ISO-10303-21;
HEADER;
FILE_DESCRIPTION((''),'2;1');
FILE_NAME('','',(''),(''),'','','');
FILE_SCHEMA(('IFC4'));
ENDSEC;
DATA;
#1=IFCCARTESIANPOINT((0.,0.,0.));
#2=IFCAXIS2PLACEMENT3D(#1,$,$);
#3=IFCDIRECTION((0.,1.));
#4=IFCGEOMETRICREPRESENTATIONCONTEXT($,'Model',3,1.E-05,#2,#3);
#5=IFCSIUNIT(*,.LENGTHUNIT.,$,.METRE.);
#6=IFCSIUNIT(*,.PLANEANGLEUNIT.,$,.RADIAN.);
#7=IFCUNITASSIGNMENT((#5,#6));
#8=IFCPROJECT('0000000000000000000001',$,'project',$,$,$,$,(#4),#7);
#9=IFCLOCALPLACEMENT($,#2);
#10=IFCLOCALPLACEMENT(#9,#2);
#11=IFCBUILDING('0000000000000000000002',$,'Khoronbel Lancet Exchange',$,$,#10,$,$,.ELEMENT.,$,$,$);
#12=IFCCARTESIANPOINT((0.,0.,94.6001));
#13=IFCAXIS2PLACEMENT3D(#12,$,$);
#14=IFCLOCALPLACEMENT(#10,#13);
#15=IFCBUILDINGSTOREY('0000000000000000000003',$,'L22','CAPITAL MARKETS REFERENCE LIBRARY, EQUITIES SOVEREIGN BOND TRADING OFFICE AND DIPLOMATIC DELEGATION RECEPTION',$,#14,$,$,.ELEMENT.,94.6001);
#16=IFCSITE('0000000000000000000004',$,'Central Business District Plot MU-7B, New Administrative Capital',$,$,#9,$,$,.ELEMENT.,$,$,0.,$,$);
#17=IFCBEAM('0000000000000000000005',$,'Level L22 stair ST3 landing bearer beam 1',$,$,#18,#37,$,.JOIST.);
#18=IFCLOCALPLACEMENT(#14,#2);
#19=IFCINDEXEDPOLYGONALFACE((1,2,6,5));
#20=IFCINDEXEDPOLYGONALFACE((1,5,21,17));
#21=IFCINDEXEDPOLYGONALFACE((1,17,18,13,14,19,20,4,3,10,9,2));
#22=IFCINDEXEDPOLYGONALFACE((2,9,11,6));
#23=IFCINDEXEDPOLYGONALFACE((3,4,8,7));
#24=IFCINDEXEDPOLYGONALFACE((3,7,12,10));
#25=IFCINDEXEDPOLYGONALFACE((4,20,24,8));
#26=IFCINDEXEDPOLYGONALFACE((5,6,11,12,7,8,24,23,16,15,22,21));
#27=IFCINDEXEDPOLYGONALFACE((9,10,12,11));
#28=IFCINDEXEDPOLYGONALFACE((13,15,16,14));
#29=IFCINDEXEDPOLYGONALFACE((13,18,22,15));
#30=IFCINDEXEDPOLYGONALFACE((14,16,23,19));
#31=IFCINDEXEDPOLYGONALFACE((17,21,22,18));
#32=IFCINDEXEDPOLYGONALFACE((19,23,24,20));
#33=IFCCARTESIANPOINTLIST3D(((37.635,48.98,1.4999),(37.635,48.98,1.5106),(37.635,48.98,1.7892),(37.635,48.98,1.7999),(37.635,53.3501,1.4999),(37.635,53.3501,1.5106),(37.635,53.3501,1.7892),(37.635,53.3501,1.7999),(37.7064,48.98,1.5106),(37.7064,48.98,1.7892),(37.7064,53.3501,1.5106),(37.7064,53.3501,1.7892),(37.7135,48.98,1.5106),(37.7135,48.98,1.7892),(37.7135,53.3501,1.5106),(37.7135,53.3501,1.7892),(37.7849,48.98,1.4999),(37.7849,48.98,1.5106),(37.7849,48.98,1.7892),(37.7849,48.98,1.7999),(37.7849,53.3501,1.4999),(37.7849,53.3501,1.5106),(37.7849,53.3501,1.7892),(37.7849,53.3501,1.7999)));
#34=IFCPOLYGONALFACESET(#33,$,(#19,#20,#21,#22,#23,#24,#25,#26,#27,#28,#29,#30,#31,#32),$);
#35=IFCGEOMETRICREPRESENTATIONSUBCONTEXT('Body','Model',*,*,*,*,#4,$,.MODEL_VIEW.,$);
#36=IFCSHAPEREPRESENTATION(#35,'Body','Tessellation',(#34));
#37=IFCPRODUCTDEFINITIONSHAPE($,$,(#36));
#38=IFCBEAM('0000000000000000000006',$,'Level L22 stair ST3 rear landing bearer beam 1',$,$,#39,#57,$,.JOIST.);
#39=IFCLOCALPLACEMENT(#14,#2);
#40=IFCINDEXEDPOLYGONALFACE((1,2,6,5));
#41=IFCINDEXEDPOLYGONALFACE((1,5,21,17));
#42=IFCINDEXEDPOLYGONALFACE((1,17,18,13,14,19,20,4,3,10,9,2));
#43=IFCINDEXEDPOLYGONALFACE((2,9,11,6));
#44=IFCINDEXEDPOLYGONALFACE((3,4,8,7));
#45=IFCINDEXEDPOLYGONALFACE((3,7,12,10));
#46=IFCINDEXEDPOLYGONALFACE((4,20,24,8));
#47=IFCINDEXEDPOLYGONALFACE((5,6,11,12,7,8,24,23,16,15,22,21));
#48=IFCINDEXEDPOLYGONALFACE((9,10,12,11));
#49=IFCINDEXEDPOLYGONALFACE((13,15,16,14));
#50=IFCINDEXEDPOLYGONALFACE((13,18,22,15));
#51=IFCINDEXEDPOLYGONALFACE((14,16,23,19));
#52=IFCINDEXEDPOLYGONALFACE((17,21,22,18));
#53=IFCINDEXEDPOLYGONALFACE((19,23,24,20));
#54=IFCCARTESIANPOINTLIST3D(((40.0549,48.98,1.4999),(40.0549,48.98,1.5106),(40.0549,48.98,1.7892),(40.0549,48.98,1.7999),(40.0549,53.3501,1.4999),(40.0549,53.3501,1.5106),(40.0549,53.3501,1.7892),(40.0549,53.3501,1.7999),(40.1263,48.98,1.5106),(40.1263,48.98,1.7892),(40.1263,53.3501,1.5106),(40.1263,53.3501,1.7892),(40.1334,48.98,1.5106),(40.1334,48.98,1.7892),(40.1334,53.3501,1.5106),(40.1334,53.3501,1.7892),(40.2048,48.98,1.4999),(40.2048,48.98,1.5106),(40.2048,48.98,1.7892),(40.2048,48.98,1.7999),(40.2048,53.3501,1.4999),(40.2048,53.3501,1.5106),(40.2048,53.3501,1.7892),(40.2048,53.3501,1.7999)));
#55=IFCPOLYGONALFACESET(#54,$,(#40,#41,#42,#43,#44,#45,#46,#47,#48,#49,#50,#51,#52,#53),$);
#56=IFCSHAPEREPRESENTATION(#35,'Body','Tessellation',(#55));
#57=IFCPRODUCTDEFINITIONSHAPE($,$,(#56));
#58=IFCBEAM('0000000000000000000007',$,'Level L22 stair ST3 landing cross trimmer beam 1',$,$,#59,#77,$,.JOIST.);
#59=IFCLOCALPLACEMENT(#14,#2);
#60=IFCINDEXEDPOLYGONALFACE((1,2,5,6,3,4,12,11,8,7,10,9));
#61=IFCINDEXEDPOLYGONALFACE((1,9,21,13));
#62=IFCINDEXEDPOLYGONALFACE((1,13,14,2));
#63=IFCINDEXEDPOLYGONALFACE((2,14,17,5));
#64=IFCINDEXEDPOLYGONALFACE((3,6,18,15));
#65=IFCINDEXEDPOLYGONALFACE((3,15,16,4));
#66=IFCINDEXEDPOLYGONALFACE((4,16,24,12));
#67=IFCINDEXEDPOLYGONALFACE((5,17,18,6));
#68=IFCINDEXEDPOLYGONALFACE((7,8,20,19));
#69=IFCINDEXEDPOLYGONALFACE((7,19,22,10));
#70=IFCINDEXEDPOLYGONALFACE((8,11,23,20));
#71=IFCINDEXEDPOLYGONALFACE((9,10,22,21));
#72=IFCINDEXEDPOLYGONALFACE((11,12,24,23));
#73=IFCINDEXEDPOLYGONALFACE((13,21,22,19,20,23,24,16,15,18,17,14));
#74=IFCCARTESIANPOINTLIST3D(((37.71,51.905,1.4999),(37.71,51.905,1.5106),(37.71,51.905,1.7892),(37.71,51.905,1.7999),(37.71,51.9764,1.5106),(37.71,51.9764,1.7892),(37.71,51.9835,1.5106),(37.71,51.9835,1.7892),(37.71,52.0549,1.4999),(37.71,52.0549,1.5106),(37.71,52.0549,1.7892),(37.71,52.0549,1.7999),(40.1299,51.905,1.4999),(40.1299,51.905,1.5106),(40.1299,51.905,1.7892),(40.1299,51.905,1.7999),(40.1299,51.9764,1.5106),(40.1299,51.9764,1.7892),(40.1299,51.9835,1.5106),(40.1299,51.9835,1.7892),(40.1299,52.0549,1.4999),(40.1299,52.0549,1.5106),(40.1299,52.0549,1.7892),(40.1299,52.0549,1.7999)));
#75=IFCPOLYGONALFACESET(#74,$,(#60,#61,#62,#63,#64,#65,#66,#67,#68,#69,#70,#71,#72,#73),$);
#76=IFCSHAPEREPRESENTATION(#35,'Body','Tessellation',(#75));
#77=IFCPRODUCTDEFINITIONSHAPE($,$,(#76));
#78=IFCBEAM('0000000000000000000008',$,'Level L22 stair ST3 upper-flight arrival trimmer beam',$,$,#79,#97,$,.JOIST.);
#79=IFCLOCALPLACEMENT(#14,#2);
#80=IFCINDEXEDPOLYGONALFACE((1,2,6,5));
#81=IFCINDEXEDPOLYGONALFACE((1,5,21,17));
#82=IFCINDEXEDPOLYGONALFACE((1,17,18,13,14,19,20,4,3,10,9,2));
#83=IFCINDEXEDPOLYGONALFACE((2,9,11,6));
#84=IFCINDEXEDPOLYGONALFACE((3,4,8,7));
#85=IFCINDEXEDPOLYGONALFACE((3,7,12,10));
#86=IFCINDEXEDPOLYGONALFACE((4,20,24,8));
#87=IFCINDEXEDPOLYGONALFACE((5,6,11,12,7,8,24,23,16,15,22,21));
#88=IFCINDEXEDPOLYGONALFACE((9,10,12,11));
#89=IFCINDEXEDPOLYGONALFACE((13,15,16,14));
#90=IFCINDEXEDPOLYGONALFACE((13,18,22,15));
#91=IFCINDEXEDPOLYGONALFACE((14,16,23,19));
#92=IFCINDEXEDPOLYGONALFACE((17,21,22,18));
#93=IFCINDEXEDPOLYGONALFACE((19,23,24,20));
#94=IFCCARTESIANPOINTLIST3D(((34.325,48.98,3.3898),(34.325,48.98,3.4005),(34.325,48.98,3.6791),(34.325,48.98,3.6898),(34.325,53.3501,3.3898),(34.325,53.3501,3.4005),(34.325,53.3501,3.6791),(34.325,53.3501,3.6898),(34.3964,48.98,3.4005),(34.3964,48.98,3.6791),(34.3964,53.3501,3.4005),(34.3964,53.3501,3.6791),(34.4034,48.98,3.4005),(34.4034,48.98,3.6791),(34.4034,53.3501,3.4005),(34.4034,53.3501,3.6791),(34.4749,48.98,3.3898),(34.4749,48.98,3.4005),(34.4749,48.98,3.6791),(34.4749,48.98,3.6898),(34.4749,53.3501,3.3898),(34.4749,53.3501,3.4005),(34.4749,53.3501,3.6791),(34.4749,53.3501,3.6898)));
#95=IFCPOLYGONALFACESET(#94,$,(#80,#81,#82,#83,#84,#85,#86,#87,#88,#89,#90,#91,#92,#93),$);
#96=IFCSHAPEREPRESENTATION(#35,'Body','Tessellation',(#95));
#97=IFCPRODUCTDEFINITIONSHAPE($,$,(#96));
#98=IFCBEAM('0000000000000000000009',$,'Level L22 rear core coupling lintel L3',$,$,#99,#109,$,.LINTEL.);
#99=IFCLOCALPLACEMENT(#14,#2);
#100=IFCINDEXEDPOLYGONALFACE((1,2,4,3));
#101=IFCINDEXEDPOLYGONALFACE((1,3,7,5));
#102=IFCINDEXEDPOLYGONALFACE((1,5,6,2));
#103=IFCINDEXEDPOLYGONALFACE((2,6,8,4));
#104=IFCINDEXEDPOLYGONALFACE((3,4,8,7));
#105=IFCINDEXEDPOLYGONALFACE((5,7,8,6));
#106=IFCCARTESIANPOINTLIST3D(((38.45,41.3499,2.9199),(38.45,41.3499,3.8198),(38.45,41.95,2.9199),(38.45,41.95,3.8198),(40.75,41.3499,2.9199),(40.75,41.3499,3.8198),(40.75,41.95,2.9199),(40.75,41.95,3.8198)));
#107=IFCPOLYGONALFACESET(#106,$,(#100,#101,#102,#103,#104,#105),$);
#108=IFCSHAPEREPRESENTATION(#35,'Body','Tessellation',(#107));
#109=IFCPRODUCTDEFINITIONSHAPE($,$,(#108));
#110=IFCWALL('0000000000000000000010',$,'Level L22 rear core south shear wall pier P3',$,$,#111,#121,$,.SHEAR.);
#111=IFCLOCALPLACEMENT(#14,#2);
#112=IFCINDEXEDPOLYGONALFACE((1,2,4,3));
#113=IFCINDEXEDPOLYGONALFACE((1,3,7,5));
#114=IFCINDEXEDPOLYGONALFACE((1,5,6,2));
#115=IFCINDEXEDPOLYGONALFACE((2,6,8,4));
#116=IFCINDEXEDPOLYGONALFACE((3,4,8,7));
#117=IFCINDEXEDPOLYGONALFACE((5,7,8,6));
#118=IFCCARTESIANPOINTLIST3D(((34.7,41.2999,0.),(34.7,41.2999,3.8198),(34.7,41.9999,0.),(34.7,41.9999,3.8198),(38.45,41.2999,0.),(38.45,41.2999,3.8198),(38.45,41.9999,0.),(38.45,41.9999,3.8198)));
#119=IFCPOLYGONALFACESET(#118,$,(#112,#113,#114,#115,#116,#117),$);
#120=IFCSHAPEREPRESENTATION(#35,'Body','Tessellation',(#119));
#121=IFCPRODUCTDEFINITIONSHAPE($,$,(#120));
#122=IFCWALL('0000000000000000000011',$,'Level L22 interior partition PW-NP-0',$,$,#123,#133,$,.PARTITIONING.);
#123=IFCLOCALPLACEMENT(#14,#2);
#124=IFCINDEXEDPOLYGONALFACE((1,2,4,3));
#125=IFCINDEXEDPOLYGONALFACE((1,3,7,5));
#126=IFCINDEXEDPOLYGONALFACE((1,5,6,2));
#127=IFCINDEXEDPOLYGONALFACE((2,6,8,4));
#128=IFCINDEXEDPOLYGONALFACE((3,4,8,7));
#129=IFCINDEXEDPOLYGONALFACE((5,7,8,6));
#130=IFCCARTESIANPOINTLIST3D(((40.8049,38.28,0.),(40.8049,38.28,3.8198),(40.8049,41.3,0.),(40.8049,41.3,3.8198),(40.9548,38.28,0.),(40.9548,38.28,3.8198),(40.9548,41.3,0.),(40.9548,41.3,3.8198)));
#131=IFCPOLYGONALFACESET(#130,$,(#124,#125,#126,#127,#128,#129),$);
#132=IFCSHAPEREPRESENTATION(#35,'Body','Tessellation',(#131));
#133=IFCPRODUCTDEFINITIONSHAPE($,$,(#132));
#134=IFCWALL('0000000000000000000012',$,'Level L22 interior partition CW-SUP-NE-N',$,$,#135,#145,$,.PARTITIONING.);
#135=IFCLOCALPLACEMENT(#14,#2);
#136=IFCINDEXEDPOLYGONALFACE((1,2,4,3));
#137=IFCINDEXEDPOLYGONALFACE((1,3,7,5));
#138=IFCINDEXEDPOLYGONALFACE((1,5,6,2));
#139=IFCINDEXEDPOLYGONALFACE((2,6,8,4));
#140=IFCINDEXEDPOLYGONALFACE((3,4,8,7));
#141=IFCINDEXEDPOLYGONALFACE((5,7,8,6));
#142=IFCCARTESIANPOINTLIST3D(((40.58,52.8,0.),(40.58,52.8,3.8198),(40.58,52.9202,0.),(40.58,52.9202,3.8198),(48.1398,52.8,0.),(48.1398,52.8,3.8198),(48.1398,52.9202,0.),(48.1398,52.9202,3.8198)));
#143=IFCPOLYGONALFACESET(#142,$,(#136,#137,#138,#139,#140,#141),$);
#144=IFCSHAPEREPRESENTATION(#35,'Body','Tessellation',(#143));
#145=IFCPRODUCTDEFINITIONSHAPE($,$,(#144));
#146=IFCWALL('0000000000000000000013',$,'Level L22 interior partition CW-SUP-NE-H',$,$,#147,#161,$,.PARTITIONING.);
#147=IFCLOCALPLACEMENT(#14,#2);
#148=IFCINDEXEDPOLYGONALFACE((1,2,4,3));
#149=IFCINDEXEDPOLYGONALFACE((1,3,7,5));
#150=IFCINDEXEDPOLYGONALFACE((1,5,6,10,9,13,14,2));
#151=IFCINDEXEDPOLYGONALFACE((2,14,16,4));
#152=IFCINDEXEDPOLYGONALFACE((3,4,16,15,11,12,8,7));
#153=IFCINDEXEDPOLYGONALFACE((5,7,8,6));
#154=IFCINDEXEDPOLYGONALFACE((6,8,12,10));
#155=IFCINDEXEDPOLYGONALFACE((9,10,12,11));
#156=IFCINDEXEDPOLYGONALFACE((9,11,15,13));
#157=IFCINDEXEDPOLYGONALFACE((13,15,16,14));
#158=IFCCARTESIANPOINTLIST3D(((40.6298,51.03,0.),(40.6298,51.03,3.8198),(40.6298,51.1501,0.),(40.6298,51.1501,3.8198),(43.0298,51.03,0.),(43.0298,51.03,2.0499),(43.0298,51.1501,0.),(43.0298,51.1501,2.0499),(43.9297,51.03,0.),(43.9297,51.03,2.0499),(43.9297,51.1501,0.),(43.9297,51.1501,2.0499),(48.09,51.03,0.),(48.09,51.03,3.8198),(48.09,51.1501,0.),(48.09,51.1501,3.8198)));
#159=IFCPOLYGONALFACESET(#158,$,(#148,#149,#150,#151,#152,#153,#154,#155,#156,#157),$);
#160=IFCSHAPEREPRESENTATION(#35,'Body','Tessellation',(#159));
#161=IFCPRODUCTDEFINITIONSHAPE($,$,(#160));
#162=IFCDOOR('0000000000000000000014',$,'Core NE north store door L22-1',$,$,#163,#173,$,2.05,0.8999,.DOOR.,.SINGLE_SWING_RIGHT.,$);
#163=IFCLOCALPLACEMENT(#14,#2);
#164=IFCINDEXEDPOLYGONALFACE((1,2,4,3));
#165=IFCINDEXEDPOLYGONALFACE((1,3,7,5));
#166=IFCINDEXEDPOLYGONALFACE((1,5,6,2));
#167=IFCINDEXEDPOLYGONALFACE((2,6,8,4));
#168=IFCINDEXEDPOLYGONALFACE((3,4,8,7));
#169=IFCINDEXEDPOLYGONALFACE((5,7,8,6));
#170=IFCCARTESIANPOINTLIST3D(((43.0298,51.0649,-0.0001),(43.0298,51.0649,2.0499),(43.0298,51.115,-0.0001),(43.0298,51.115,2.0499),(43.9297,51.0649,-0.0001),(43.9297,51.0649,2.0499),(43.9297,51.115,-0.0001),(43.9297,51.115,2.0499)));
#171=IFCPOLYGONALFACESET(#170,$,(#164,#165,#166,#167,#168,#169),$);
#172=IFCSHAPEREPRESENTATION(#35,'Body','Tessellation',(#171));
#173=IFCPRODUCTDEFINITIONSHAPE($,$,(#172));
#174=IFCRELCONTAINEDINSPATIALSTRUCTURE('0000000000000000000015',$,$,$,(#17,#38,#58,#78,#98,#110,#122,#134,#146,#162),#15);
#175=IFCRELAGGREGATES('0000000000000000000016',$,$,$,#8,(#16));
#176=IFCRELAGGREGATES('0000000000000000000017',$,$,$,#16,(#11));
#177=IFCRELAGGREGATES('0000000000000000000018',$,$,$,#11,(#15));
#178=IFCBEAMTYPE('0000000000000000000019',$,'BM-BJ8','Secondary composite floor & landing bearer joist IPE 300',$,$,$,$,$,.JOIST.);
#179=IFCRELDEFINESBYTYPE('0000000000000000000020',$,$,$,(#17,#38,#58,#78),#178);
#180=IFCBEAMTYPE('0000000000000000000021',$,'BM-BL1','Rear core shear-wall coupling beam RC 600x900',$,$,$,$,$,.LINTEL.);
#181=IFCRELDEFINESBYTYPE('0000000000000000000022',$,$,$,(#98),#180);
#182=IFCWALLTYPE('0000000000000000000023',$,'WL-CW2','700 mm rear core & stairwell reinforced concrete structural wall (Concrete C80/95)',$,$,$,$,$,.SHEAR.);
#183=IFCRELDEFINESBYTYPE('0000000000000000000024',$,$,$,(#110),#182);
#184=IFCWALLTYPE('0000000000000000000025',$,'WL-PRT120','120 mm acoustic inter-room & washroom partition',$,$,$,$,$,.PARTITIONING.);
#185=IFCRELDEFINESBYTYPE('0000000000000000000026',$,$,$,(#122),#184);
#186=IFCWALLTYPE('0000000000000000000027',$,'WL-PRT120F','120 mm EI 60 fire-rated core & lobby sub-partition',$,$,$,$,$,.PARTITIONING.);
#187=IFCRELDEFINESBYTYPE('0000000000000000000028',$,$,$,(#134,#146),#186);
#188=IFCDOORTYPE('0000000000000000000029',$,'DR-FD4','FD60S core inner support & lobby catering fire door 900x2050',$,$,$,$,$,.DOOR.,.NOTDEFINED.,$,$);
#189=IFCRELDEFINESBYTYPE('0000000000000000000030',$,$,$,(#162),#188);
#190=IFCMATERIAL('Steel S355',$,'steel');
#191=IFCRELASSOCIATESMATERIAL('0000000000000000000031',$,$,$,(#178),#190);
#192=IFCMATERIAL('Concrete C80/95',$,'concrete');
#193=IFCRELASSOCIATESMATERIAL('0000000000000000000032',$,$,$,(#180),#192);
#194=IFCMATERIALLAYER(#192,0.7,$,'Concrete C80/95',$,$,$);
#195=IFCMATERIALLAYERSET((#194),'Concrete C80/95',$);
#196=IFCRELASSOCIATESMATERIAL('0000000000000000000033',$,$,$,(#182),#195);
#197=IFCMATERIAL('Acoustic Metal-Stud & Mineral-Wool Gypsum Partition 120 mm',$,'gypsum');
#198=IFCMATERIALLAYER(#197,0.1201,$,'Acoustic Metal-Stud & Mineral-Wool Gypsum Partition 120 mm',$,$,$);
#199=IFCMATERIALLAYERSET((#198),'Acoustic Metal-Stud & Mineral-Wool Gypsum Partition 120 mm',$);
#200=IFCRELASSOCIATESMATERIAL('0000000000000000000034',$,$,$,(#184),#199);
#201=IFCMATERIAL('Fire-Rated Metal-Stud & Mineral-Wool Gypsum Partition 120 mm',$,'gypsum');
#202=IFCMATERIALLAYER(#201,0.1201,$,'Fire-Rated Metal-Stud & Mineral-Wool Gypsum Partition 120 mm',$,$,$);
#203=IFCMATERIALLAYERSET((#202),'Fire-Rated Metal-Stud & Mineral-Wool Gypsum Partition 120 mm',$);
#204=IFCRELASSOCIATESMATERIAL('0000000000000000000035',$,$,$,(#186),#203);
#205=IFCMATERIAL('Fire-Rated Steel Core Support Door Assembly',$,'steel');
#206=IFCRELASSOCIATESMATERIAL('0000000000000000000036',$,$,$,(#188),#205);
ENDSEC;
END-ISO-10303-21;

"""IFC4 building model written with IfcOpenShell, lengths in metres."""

from ifc_helpers import new_model, si_unit, direction, frame, frame_2d, origin, origin_2d, place, context, subcontext, project, spatial, rectangle, i_section, extrude, material, layer, layer_set, material_profile, profile_set, type_object, element, fill, save


model = new_model("IFC4")

# Units and contexts
model_context = context("Model", 3, precision=1e-05, world=origin(), true_north=direction((0.0, 1.0)))
body_context = subcontext(model_context, "Body", "Model", "MODEL_VIEW")
ifc_project = project(units=[si_unit("LENGTHUNIT", "METRE"), si_unit("PLANEANGLEUNIT", "RADIAN")], contexts=[model_context])

# Site, building, storey
site_placement = place(None, origin())
site = spatial("IfcSite", under=ifc_project, at=site_placement, Name="Central Business District Plot MU-7B, New Administrative Capital", CompositionType="ELEMENT", RefElevation=0.0)
building_placement = place(site_placement, origin())
building = spatial("IfcBuilding", under=site, at=building_placement, Name="Khoronbel Lancet Exchange", CompositionType="ELEMENT")
storey_placement = place(building_placement, frame((0.0, 0.0, 94.6001)))
storey = spatial("IfcBuildingStorey", under=building, at=storey_placement, Name="L22", Description="CAPITAL MARKETS REFERENCE LIBRARY, EQUITIES SOVEREIGN BOND TRADING OFFICE AND DIPLOMATIC DELEGATION RECEPTION", CompositionType="ELEMENT", Elevation=94.6001)

# Beams
ifc_material_1 = material(Name="Steel S355", Category="steel")
ifc_material_profile_1 = material_profile(ifc_material_1, i_section(OverallWidth=0.1499, OverallDepth=0.3, WebThickness=0.0071, FlangeThickness=0.0107, at=origin_2d()), Name="IPE 300")
ifc_profile_set_1 = profile_set([ifc_material_profile_1], Name="Steel S355")
beam_type_1 = type_object("IfcBeamType", Name="BM-BJ8", Description="Secondary composite floor & landing bearer joist IPE 300", PredefinedType="JOIST", material=ifc_profile_set_1)
for number, where, z_axis, x_axis, name in (
    (1, (37.71, 48.98, 1.6499), (0.0, 1.0, 0.0), (-1.0, 0.0, 0.0), "Level L22 stair ST3 landing bearer beam 1"),
    (2, (40.1299, 48.98, 1.6499), (0.0, 1.0, 0.0), (-1.0, 0.0, 0.0), "Level L22 stair ST3 rear landing bearer beam 1"),
):
    element("IfcBeam", number, at=place(storey_placement, frame(where, z_axis=z_axis, x_axis=x_axis)), inside=storey, type_object=beam_type_1, Name=name, PredefinedType="JOIST", context=body_context, shape_type="SweptSolid", body=[
        extrude(i_section(OverallWidth=0.1499, OverallDepth=0.3, WebThickness=0.0071, FlangeThickness=0.0107, at=origin_2d()), origin(), (0.0, 0.0, 1.0), 4.3701),
    ])
beam_1_placement = place(storey_placement, frame((37.71, 51.98, 1.6499), z_axis=(1.0, 0.0, 0.0), x_axis=(0.0, 1.0, 0.0)))
element("IfcBeam", 3, at=beam_1_placement, inside=storey, type_object=beam_type_1, Name="Level L22 stair ST3 landing cross trimmer beam 1", PredefinedType="JOIST", context=body_context, shape_type="SweptSolid", body=[
    extrude(i_section(OverallWidth=0.1499, OverallDepth=0.3, WebThickness=0.0071, FlangeThickness=0.0107, at=origin_2d()), origin(), (0.0, 0.0, 1.0), 2.4199),
])
beam_2_placement = place(storey_placement, frame((34.3999, 48.98, 3.5398), z_axis=(0.0, 1.0, 0.0), x_axis=(-1.0, 0.0, 0.0)))
element("IfcBeam", 4, at=beam_2_placement, inside=storey, type_object=beam_type_1, Name="Level L22 stair ST3 upper-flight arrival trimmer beam", PredefinedType="JOIST", context=body_context, shape_type="SweptSolid", body=[
    extrude(i_section(OverallWidth=0.1499, OverallDepth=0.3, WebThickness=0.0071, FlangeThickness=0.0107, at=origin_2d()), origin(), (0.0, 0.0, 1.0), 4.3701),
])
ifc_material_2 = material(Name="Concrete C80/95", Category="concrete")
ifc_material_profile_2 = material_profile(ifc_material_2, rectangle(XDim=0.6001, YDim=0.8999, at=origin_2d()), Name="RC 600x900")
ifc_profile_set_2 = profile_set([ifc_material_profile_2], Name="Concrete C80/95")
beam_type_2 = type_object("IfcBeamType", Name="BM-BL1", Description="Rear core shear-wall coupling beam RC 600x900", PredefinedType="LINTEL", material=ifc_profile_set_2)
beam_3_placement = place(storey_placement, frame((38.45, 41.6499, 3.3699), z_axis=(1.0, 0.0, 0.0), x_axis=(0.0, 1.0, 0.0)))
element("IfcBeam", 5, at=beam_3_placement, inside=storey, type_object=beam_type_2, Name="Level L22 rear core coupling lintel L3", PredefinedType="LINTEL", context=body_context, shape_type="SweptSolid", body=[
    extrude(rectangle(XDim=0.6001, YDim=0.8999, at=origin_2d()), origin(), (0.0, 0.0, 1.0), 2.3),
])

# Walls
ifc_layer_1 = layer(ifc_material_2, 0.7, Name="Concrete C80/95")
ifc_layer_set_1 = layer_set([ifc_layer_1], Name="Concrete C80/95")
wall_type_1 = type_object("IfcWallType", Name="WL-CW2", Description="700 mm rear core & stairwell reinforced concrete structural wall (Concrete C80/95)", PredefinedType="SHEAR", material=ifc_layer_set_1)
wall_1_placement = place(storey_placement, frame((38.45, 41.6499, 0.0), z_axis=(0.0, 0.0, 1.0), x_axis=(-1.0, 0.0, 0.0)))
element("IfcWall", 6, at=wall_1_placement, inside=storey, type_object=wall_type_1, Name="Level L22 rear core south shear wall pier P3", PredefinedType="SHEAR", context=body_context, shape_type="SweptSolid", body=[
    extrude(rectangle(XDim=3.75, YDim=0.7, at=frame_2d((1.875, 0.0))), origin(), (0.0, 0.0, 1.0), 3.8198),
])
ifc_material_3 = material(Name="Acoustic Metal-Stud & Mineral-Wool Gypsum Partition 120 mm", Category="gypsum")
ifc_layer_2 = layer(ifc_material_3, 0.1201, Name="Acoustic Metal-Stud & Mineral-Wool Gypsum Partition 120 mm")
ifc_layer_set_2 = layer_set([ifc_layer_2], Name="Acoustic Metal-Stud & Mineral-Wool Gypsum Partition 120 mm")
wall_type_2 = type_object("IfcWallType", Name="WL-PRT120", Description="120 mm acoustic inter-room & washroom partition", PredefinedType="PARTITIONING", material=ifc_layer_set_2)
wall_2_placement = place(storey_placement, frame((40.8799, 38.28, 0.0), z_axis=(0.0, 0.0, 1.0), x_axis=(0.0, 1.0, 0.0)))
element("IfcWall", 7, at=wall_2_placement, inside=storey, type_object=wall_type_2, Name="Level L22 interior partition PW-NP-0", PredefinedType="PARTITIONING", context=body_context, shape_type="SweptSolid", body=[
    extrude(rectangle(XDim=3.02, YDim=0.1499, at=frame_2d((1.51, 0.0))), origin(), (0.0, 0.0, 1.0), 3.8198),
])
ifc_material_4 = material(Name="Fire-Rated Metal-Stud & Mineral-Wool Gypsum Partition 120 mm", Category="gypsum")
ifc_layer_3 = layer(ifc_material_4, 0.1201, Name="Fire-Rated Metal-Stud & Mineral-Wool Gypsum Partition 120 mm")
ifc_layer_set_3 = layer_set([ifc_layer_3], Name="Fire-Rated Metal-Stud & Mineral-Wool Gypsum Partition 120 mm")
wall_type_3 = type_object("IfcWallType", Name="WL-PRT120F", Description="120 mm EI 60 fire-rated core & lobby sub-partition", PredefinedType="PARTITIONING", material=ifc_layer_set_3)
wall_3_placement = place(storey_placement, frame((40.5801, 52.8601, 0.0), z_axis=(0.0, 0.0, 1.0), x_axis=(1.0, 0.0, 0.0)))
element("IfcWall", 8, at=wall_3_placement, inside=storey, type_object=wall_type_3, Name="Level L22 interior partition CW-SUP-NE-N", PredefinedType="PARTITIONING", context=body_context, shape_type="SweptSolid", body=[
    extrude(rectangle(XDim=7.5598, YDim=0.1201, at=frame_2d((3.7798, 0.0))), origin(), (0.0, 0.0, 1.0), 3.8198),
])

# Wall, opening, door
wall_4_placement = place(storey_placement, frame((40.6299, 51.0901, 0.0), z_axis=(0.0, 0.0, 1.0), x_axis=(1.0, 0.0, 0.0)))
wall_4 = element("IfcWall", 9, at=wall_4_placement, inside=storey, type_object=wall_type_3, Name="Level L22 interior partition CW-SUP-NE-H", PredefinedType="PARTITIONING", context=body_context, shape_type="SweptSolid", body=[
    extrude(rectangle(XDim=7.4602, YDim=0.1201, at=frame_2d((3.73, 0.0))), origin(), (0.0, 0.0, 1.0), 3.8198),
])
opening_1_placement = place(wall_4_placement, frame((2.3999, 0.0, 0.0)))
opening_1 = element("IfcOpeningElement", 10, at=opening_1_placement, cuts=wall_4, PredefinedType="OPENING", context=body_context, shape_type="SweptSolid", body=[
    extrude(rectangle(XDim=0.8999, YDim=2.05, at=frame_2d((0.45, 1.0249))), frame((0.0, 0.0701, 0.0), z_axis=(0.0, -1.0, 0.0), x_axis=(1.0, 0.0, 0.0)), (0.0, 0.0, 1.0), 0.1401),
])
ifc_material_5 = material(Name="Fire-Rated Steel Core Support Door Assembly", Category="steel")
door_type_1 = type_object("IfcDoorType", Name="DR-FD4", Description="FD60S core inner support & lobby catering fire door 900x2050", OperationType="NOTDEFINED", PredefinedType="DOOR", material=ifc_material_5)
door_1_placement = place(opening_1_placement, origin())
door_1 = element("IfcDoor", 11, at=door_1_placement, inside=storey, type_object=door_type_1, Name="Core NE north store door L22-1", OperationType="SINGLE_SWING_RIGHT", OverallHeight=2.05, OverallWidth=0.8999, PredefinedType="DOOR", context=body_context, shape_type="SweptSolid", body=[
    extrude(rectangle(XDim=0.8999, YDim=2.05, at=frame_2d((0.45, 1.0249))), frame((0.0, 0.0249, 0.0), z_axis=(0.0, -1.0, 0.0), x_axis=(1.0, 0.0, 0.0)), (0.0, 0.0, 1.0), 0.05),
])
fill(opening_1, door_1)

save(model, "model.ifc")
